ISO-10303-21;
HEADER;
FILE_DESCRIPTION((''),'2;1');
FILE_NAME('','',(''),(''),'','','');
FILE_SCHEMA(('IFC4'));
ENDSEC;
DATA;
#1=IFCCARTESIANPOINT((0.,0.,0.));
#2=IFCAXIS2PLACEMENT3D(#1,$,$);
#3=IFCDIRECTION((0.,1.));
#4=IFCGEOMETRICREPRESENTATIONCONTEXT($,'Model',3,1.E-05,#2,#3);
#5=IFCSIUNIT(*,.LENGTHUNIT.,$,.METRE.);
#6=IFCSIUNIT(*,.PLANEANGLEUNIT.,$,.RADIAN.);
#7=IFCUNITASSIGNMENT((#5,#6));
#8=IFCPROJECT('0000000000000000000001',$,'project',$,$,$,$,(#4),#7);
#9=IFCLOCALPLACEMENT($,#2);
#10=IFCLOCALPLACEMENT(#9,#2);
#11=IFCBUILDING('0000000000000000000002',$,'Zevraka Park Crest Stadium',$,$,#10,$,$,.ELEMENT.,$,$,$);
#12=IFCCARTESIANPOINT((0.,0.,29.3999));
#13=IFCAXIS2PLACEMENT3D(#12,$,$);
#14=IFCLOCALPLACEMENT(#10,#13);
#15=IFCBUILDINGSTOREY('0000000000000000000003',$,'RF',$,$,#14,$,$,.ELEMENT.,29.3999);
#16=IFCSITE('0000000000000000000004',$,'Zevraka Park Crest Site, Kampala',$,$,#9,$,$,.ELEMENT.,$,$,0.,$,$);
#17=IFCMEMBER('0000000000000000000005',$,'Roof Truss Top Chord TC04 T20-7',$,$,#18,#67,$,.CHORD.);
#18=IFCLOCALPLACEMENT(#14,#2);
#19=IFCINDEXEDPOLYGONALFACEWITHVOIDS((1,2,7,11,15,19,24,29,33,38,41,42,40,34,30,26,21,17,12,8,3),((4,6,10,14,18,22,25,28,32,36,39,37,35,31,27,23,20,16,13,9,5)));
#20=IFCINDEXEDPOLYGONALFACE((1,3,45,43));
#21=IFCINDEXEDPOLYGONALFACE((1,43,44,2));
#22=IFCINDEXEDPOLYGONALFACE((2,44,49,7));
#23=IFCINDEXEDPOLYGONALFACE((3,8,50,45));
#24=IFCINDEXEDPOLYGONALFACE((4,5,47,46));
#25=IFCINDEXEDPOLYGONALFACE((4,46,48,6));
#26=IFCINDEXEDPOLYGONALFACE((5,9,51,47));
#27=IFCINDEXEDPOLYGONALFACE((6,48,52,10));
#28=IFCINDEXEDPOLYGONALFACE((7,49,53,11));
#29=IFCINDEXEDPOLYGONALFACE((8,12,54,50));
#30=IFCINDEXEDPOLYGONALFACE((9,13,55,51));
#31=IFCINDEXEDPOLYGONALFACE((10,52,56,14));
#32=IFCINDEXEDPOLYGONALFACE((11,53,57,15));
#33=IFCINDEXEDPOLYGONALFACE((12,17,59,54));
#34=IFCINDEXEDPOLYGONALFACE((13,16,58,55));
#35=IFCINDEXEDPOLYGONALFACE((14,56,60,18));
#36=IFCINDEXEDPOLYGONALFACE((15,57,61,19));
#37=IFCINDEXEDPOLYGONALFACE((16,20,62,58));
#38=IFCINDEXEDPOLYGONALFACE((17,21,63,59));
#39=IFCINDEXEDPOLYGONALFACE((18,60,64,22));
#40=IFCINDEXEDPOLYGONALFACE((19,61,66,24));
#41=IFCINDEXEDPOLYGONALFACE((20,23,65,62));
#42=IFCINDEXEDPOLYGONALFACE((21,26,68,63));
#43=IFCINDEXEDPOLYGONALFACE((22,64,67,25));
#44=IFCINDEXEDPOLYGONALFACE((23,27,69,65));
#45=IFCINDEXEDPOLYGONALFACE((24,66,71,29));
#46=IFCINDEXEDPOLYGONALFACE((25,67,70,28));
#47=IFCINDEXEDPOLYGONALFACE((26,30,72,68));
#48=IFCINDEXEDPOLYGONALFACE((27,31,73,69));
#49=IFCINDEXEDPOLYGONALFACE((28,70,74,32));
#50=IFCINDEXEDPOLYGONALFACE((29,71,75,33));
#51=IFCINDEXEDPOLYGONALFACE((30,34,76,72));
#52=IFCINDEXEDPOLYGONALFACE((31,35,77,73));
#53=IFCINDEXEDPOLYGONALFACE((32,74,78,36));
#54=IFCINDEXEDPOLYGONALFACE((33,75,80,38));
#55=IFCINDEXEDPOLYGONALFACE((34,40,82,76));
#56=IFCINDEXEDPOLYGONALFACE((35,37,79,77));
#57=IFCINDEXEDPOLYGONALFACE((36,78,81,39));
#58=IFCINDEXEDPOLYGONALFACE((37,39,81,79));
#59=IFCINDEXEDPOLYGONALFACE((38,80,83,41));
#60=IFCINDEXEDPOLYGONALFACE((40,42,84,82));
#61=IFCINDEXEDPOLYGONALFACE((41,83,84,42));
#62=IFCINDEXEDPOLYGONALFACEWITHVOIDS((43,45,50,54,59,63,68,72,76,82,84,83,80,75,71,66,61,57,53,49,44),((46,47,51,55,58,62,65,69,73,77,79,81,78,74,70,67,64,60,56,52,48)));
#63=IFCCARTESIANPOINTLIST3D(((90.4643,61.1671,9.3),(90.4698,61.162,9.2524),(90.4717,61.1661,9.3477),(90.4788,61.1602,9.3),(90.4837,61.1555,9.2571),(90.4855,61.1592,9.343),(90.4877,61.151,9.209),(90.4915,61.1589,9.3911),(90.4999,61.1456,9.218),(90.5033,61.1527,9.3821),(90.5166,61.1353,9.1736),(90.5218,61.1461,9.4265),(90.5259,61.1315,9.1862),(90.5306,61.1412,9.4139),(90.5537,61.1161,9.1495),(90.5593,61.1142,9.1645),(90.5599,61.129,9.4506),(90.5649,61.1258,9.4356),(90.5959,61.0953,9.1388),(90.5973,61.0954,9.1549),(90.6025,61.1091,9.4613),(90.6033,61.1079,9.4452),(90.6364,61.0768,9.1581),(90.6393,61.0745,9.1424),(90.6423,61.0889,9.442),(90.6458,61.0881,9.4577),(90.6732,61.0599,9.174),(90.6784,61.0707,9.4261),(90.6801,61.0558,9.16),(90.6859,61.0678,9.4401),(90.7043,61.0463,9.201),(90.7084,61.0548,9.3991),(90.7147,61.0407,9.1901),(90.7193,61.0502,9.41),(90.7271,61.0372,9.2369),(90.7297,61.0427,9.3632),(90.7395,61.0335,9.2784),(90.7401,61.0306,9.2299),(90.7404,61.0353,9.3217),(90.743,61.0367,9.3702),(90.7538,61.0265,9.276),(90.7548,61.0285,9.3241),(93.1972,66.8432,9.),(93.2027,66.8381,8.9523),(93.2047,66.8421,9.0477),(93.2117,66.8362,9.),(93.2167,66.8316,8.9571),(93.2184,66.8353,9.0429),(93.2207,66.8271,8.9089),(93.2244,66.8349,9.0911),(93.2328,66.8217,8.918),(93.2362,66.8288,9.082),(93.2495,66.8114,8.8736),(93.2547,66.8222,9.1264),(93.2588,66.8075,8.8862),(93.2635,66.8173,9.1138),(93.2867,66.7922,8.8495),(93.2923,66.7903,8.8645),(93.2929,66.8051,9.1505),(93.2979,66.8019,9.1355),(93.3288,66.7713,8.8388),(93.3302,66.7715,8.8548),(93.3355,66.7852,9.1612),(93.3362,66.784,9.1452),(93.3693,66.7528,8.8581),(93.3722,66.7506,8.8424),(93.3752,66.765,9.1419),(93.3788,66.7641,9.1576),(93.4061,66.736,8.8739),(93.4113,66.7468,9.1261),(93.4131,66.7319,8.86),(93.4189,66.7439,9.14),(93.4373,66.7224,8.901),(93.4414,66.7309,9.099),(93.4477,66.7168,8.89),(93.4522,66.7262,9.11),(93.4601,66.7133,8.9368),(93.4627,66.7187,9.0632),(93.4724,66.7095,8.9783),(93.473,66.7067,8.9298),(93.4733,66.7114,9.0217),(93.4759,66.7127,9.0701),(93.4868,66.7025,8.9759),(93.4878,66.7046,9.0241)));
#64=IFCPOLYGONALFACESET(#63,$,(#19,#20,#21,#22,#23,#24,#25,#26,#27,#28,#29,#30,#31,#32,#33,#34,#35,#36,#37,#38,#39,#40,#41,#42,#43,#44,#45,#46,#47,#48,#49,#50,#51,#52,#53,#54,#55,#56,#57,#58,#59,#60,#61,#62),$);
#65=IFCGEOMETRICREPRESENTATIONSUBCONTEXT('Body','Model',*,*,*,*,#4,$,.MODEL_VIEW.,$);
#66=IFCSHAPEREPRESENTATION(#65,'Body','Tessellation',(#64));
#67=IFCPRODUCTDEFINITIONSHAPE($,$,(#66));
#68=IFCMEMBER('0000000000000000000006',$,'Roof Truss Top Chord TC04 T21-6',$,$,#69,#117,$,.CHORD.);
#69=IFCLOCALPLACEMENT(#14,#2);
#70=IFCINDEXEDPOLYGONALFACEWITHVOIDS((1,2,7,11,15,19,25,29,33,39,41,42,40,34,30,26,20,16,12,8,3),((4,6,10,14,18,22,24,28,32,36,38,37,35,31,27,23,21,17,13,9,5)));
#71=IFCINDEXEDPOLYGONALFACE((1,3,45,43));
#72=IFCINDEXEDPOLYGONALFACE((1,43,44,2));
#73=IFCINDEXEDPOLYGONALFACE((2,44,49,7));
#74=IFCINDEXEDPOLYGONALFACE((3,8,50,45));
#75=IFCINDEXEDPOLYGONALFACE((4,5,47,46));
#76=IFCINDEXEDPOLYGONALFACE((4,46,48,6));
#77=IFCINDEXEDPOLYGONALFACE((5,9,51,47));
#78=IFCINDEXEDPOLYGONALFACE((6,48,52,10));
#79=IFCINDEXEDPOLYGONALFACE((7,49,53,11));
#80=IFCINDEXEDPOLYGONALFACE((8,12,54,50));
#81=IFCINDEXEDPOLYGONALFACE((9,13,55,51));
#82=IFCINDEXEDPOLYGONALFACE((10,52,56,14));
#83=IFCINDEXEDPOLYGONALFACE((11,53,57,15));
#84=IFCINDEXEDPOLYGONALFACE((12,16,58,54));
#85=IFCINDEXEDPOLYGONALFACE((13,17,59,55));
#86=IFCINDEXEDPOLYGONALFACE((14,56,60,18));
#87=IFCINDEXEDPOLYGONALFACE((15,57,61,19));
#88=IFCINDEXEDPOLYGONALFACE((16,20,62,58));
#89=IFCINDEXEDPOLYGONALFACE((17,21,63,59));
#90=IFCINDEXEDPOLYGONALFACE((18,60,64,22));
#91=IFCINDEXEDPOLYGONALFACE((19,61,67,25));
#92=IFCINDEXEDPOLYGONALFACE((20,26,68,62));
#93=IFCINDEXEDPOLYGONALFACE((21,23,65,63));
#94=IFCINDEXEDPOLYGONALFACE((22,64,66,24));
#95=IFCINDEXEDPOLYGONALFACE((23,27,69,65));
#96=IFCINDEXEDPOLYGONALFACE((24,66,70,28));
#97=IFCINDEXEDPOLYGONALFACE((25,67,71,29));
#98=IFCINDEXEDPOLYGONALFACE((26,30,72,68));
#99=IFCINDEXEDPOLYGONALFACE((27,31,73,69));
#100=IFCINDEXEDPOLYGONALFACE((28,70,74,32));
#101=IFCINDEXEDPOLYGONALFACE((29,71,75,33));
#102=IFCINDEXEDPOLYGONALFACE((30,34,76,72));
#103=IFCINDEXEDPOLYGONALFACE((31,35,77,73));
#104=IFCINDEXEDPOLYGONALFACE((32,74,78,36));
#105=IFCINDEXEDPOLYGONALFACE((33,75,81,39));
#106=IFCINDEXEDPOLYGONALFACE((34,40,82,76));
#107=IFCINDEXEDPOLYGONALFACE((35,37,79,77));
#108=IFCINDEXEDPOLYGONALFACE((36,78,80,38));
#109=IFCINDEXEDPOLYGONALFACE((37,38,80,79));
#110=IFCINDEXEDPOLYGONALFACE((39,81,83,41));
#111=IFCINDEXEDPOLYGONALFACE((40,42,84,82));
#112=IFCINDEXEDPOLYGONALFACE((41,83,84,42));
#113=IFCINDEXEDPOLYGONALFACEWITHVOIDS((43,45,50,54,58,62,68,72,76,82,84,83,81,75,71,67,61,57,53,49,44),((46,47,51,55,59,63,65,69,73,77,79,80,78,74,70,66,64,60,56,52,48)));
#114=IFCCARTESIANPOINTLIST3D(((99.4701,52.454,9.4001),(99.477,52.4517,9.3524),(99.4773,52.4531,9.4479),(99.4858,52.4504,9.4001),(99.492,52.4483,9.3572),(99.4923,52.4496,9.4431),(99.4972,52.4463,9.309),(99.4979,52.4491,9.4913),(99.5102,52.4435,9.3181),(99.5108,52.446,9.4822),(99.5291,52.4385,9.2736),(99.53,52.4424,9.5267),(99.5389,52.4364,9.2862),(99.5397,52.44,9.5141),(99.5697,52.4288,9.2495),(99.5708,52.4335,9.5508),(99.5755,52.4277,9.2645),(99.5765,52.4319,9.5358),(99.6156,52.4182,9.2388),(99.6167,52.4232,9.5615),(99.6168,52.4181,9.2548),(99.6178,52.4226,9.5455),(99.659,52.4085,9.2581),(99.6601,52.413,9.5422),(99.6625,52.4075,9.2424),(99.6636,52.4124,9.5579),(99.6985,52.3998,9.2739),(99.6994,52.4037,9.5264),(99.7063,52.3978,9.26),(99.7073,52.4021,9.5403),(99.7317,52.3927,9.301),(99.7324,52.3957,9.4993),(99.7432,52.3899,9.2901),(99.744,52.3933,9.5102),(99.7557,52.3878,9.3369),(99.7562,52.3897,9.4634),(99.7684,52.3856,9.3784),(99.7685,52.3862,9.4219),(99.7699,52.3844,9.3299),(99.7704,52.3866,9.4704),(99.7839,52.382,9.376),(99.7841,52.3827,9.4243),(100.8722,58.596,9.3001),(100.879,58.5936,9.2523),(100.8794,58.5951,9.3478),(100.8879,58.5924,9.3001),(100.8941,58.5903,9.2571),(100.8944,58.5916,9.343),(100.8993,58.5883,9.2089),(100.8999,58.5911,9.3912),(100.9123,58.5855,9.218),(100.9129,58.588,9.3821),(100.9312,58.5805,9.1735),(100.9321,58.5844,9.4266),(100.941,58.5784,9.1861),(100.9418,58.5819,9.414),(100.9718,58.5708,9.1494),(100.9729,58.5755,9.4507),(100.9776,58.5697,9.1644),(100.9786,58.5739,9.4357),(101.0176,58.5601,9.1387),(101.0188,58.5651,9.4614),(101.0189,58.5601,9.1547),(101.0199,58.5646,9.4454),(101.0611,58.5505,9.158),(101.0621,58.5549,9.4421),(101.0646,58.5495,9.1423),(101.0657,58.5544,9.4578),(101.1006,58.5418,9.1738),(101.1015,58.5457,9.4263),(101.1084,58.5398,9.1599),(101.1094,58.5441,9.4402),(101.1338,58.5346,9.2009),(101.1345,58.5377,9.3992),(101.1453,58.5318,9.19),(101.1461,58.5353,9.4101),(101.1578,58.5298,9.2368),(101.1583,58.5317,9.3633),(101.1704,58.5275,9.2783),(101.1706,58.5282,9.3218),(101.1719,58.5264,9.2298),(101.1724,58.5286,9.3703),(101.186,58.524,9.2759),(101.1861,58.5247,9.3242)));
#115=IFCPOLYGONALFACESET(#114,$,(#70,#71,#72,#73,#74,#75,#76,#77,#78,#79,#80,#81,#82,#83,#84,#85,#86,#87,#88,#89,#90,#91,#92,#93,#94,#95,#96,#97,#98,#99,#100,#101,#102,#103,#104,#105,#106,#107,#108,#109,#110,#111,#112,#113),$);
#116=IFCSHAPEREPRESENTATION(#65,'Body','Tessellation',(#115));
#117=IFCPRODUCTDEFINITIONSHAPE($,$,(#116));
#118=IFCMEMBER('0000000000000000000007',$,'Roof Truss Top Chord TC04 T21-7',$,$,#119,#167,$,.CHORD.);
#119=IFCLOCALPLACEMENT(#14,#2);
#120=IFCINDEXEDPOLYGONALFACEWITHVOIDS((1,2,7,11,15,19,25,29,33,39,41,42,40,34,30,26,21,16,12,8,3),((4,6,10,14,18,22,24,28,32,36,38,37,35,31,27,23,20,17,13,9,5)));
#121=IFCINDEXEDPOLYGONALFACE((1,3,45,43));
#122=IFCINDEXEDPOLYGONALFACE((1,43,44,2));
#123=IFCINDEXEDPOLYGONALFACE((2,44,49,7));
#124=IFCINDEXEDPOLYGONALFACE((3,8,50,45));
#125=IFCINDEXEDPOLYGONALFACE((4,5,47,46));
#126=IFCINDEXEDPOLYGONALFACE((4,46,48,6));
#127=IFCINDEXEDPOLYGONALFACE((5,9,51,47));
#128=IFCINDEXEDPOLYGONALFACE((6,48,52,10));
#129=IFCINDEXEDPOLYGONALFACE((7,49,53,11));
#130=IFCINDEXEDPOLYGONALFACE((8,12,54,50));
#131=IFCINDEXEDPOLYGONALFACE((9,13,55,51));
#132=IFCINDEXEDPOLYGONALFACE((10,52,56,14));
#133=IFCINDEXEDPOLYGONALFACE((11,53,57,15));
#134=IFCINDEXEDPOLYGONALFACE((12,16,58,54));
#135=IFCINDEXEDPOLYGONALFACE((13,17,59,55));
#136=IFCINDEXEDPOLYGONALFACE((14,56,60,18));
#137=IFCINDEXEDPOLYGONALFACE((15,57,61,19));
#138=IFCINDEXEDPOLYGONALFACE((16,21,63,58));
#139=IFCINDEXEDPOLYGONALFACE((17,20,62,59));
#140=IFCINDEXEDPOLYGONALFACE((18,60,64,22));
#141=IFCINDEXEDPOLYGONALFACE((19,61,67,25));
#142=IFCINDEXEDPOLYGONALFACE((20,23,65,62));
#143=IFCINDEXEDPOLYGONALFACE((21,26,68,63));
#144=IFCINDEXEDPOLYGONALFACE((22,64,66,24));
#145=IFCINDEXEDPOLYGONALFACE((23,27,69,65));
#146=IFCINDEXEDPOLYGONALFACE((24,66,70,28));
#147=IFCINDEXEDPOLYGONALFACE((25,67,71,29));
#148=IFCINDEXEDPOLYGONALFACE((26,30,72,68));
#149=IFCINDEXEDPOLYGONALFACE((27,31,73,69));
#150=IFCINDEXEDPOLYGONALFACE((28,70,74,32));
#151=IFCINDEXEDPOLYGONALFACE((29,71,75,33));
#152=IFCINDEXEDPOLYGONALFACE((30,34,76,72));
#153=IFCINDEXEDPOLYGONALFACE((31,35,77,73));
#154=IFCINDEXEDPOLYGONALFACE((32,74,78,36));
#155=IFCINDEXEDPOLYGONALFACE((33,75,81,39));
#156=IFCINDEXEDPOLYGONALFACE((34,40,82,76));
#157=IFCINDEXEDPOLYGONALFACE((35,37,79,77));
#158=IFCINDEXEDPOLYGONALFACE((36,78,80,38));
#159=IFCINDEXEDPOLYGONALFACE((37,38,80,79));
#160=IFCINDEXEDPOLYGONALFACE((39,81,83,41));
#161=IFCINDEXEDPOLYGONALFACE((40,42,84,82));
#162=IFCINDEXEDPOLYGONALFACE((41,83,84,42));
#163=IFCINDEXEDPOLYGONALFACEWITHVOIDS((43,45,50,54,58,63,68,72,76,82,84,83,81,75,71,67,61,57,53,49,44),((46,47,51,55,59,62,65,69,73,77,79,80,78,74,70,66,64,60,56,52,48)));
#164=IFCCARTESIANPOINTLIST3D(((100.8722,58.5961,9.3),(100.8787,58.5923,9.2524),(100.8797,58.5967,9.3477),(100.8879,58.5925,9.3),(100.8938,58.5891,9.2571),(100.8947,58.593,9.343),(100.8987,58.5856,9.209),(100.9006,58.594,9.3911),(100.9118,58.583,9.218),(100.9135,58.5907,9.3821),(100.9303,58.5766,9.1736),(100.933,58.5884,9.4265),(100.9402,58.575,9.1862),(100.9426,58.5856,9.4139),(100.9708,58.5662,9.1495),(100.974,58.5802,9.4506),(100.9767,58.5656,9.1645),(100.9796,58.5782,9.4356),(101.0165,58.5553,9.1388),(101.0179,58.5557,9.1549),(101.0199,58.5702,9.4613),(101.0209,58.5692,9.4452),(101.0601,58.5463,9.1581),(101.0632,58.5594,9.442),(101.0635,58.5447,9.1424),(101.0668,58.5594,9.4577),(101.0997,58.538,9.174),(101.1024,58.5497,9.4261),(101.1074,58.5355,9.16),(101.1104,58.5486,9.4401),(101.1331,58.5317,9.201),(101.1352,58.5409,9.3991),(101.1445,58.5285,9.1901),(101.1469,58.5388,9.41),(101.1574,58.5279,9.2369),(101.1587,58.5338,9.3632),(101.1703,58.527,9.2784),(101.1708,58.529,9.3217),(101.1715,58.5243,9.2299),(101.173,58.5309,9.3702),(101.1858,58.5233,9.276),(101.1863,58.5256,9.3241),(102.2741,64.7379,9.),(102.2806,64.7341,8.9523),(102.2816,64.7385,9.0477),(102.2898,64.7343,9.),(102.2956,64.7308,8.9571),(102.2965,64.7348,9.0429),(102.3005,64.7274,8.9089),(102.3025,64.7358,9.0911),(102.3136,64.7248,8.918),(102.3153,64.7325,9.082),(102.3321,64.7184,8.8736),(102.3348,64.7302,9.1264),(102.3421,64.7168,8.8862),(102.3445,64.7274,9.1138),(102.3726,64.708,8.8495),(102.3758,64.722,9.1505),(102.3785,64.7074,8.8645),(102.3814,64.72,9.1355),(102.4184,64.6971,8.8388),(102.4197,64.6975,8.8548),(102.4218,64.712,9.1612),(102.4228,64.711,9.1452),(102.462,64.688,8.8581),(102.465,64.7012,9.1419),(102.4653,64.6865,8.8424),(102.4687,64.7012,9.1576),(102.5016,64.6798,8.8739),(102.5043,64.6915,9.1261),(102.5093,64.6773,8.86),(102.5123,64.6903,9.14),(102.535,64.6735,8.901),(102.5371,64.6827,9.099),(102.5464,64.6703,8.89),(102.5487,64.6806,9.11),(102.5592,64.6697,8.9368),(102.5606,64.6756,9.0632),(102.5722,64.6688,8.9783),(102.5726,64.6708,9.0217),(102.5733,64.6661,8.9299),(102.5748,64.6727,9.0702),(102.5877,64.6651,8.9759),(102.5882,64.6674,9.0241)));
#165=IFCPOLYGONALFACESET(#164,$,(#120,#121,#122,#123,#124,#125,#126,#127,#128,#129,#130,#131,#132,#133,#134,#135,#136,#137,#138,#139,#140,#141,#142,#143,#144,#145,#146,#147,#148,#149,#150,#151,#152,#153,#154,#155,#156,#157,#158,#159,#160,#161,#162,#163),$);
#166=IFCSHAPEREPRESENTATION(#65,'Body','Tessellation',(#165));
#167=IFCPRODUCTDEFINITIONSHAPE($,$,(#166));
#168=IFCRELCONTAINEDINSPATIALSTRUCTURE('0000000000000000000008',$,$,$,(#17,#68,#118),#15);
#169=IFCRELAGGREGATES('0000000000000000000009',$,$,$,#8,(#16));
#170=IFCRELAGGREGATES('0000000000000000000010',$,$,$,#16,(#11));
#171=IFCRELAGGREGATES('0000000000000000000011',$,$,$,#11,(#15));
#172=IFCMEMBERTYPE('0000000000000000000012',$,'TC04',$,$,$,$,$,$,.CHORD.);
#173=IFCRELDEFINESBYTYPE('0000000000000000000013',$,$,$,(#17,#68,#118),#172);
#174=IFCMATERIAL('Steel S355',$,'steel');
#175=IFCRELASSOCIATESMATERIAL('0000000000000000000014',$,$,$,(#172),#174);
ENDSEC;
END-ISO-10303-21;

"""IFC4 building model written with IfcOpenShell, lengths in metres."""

from ifc_helpers import new_model, si_unit, direction, frame, origin, origin_2d, place, context, subcontext, project, spatial, hollow_circle, extrude, material, material_profile, profile_set, type_object, element, save


model = new_model("IFC4")

# Units and contexts
model_context = context("Model", 3, precision=1e-05, world=origin(), true_north=direction((0.0, 1.0)))
body_context = subcontext(model_context, "Body", "Model", "MODEL_VIEW")
ifc_project = project(units=[si_unit("LENGTHUNIT", "METRE"), si_unit("PLANEANGLEUNIT", "RADIAN")], contexts=[model_context])

# Site, building, storey
site_placement = place(None, origin())
site = spatial("IfcSite", under=ifc_project, at=site_placement, Name="Zevraka Park Crest Site, Kampala", CompositionType="ELEMENT", RefElevation=0.0)
building_placement = place(site_placement, origin())
building = spatial("IfcBuilding", under=site, at=building_placement, Name="Zevraka Park Crest Stadium", CompositionType="ELEMENT")
storey_placement = place(building_placement, frame((0.0, 0.0, 29.3999)))
storey = spatial("IfcBuildingStorey", under=building, at=storey_placement, Name="RF", CompositionType="ELEMENT", Elevation=29.3999)

# Members
ifc_material_1 = material(Name="Steel S355", Category="steel")
ifc_material_profile_1 = material_profile(ifc_material_1, hollow_circle(Radius=0.1619, WallThickness=0.0161, at=origin_2d()), Name="CHS 323.9x16")
ifc_profile_set_1 = profile_set([ifc_material_profile_1], Name="Steel S355")
member_type_1 = type_object("IfcMemberType", Name="TC04", PredefinedType="CHORD", material=ifc_profile_set_1)
member_1_placement = place(storey_placement, frame((90.6101, 61.0969, 9.3), z_axis=(0.433326, 0.899981, -0.047575), x_axis=(-0.901001, 0.433817, 0.0)))
element("IfcMember", 1, at=member_1_placement, inside=storey, type_object=member_type_1, Name="Roof Truss Top Chord TC04 T20-7", PredefinedType="CHORD", context=body_context, shape_type="SweptSolid", body=[
    extrude(hollow_circle(Radius=0.1619, WallThickness=0.0161, at=origin_2d()), origin(), (0.0, 0.0, 1.0), 6.3069),
])
member_2_placement = place(storey_placement, frame((99.6279, 52.418, 9.4001), z_axis=(0.222524, 0.974798, -0.015886), x_axis=(-0.974921, 0.222552, 0.0)))
element("IfcMember", 2, at=member_2_placement, inside=storey, type_object=member_type_1, Name="Roof Truss Top Chord TC04 T21-6", PredefinedType="CHORD", context=body_context, shape_type="SweptSolid", body=[
    extrude(hollow_circle(Radius=0.1619, WallThickness=0.0161, at=origin_2d()), origin(), (0.0, 0.0, 1.0), 6.3008),
])
member_3_placement = place(storey_placement, frame((101.03, 58.5601, 9.3), z_axis=(0.222272, 0.973823, -0.047574), x_axis=(-0.974927, 0.222524, 0.0)))
element("IfcMember", 3, at=member_3_placement, inside=storey, type_object=member_type_1, Name="Roof Truss Top Chord TC04 T21-7", PredefinedType="CHORD", context=body_context, shape_type="SweptSolid", body=[
    extrude(hollow_circle(Radius=0.1619, WallThickness=0.0161, at=origin_2d()), origin(), (0.0, 0.0, 1.0), 6.3069),
])

save(model, "model.ifc")
